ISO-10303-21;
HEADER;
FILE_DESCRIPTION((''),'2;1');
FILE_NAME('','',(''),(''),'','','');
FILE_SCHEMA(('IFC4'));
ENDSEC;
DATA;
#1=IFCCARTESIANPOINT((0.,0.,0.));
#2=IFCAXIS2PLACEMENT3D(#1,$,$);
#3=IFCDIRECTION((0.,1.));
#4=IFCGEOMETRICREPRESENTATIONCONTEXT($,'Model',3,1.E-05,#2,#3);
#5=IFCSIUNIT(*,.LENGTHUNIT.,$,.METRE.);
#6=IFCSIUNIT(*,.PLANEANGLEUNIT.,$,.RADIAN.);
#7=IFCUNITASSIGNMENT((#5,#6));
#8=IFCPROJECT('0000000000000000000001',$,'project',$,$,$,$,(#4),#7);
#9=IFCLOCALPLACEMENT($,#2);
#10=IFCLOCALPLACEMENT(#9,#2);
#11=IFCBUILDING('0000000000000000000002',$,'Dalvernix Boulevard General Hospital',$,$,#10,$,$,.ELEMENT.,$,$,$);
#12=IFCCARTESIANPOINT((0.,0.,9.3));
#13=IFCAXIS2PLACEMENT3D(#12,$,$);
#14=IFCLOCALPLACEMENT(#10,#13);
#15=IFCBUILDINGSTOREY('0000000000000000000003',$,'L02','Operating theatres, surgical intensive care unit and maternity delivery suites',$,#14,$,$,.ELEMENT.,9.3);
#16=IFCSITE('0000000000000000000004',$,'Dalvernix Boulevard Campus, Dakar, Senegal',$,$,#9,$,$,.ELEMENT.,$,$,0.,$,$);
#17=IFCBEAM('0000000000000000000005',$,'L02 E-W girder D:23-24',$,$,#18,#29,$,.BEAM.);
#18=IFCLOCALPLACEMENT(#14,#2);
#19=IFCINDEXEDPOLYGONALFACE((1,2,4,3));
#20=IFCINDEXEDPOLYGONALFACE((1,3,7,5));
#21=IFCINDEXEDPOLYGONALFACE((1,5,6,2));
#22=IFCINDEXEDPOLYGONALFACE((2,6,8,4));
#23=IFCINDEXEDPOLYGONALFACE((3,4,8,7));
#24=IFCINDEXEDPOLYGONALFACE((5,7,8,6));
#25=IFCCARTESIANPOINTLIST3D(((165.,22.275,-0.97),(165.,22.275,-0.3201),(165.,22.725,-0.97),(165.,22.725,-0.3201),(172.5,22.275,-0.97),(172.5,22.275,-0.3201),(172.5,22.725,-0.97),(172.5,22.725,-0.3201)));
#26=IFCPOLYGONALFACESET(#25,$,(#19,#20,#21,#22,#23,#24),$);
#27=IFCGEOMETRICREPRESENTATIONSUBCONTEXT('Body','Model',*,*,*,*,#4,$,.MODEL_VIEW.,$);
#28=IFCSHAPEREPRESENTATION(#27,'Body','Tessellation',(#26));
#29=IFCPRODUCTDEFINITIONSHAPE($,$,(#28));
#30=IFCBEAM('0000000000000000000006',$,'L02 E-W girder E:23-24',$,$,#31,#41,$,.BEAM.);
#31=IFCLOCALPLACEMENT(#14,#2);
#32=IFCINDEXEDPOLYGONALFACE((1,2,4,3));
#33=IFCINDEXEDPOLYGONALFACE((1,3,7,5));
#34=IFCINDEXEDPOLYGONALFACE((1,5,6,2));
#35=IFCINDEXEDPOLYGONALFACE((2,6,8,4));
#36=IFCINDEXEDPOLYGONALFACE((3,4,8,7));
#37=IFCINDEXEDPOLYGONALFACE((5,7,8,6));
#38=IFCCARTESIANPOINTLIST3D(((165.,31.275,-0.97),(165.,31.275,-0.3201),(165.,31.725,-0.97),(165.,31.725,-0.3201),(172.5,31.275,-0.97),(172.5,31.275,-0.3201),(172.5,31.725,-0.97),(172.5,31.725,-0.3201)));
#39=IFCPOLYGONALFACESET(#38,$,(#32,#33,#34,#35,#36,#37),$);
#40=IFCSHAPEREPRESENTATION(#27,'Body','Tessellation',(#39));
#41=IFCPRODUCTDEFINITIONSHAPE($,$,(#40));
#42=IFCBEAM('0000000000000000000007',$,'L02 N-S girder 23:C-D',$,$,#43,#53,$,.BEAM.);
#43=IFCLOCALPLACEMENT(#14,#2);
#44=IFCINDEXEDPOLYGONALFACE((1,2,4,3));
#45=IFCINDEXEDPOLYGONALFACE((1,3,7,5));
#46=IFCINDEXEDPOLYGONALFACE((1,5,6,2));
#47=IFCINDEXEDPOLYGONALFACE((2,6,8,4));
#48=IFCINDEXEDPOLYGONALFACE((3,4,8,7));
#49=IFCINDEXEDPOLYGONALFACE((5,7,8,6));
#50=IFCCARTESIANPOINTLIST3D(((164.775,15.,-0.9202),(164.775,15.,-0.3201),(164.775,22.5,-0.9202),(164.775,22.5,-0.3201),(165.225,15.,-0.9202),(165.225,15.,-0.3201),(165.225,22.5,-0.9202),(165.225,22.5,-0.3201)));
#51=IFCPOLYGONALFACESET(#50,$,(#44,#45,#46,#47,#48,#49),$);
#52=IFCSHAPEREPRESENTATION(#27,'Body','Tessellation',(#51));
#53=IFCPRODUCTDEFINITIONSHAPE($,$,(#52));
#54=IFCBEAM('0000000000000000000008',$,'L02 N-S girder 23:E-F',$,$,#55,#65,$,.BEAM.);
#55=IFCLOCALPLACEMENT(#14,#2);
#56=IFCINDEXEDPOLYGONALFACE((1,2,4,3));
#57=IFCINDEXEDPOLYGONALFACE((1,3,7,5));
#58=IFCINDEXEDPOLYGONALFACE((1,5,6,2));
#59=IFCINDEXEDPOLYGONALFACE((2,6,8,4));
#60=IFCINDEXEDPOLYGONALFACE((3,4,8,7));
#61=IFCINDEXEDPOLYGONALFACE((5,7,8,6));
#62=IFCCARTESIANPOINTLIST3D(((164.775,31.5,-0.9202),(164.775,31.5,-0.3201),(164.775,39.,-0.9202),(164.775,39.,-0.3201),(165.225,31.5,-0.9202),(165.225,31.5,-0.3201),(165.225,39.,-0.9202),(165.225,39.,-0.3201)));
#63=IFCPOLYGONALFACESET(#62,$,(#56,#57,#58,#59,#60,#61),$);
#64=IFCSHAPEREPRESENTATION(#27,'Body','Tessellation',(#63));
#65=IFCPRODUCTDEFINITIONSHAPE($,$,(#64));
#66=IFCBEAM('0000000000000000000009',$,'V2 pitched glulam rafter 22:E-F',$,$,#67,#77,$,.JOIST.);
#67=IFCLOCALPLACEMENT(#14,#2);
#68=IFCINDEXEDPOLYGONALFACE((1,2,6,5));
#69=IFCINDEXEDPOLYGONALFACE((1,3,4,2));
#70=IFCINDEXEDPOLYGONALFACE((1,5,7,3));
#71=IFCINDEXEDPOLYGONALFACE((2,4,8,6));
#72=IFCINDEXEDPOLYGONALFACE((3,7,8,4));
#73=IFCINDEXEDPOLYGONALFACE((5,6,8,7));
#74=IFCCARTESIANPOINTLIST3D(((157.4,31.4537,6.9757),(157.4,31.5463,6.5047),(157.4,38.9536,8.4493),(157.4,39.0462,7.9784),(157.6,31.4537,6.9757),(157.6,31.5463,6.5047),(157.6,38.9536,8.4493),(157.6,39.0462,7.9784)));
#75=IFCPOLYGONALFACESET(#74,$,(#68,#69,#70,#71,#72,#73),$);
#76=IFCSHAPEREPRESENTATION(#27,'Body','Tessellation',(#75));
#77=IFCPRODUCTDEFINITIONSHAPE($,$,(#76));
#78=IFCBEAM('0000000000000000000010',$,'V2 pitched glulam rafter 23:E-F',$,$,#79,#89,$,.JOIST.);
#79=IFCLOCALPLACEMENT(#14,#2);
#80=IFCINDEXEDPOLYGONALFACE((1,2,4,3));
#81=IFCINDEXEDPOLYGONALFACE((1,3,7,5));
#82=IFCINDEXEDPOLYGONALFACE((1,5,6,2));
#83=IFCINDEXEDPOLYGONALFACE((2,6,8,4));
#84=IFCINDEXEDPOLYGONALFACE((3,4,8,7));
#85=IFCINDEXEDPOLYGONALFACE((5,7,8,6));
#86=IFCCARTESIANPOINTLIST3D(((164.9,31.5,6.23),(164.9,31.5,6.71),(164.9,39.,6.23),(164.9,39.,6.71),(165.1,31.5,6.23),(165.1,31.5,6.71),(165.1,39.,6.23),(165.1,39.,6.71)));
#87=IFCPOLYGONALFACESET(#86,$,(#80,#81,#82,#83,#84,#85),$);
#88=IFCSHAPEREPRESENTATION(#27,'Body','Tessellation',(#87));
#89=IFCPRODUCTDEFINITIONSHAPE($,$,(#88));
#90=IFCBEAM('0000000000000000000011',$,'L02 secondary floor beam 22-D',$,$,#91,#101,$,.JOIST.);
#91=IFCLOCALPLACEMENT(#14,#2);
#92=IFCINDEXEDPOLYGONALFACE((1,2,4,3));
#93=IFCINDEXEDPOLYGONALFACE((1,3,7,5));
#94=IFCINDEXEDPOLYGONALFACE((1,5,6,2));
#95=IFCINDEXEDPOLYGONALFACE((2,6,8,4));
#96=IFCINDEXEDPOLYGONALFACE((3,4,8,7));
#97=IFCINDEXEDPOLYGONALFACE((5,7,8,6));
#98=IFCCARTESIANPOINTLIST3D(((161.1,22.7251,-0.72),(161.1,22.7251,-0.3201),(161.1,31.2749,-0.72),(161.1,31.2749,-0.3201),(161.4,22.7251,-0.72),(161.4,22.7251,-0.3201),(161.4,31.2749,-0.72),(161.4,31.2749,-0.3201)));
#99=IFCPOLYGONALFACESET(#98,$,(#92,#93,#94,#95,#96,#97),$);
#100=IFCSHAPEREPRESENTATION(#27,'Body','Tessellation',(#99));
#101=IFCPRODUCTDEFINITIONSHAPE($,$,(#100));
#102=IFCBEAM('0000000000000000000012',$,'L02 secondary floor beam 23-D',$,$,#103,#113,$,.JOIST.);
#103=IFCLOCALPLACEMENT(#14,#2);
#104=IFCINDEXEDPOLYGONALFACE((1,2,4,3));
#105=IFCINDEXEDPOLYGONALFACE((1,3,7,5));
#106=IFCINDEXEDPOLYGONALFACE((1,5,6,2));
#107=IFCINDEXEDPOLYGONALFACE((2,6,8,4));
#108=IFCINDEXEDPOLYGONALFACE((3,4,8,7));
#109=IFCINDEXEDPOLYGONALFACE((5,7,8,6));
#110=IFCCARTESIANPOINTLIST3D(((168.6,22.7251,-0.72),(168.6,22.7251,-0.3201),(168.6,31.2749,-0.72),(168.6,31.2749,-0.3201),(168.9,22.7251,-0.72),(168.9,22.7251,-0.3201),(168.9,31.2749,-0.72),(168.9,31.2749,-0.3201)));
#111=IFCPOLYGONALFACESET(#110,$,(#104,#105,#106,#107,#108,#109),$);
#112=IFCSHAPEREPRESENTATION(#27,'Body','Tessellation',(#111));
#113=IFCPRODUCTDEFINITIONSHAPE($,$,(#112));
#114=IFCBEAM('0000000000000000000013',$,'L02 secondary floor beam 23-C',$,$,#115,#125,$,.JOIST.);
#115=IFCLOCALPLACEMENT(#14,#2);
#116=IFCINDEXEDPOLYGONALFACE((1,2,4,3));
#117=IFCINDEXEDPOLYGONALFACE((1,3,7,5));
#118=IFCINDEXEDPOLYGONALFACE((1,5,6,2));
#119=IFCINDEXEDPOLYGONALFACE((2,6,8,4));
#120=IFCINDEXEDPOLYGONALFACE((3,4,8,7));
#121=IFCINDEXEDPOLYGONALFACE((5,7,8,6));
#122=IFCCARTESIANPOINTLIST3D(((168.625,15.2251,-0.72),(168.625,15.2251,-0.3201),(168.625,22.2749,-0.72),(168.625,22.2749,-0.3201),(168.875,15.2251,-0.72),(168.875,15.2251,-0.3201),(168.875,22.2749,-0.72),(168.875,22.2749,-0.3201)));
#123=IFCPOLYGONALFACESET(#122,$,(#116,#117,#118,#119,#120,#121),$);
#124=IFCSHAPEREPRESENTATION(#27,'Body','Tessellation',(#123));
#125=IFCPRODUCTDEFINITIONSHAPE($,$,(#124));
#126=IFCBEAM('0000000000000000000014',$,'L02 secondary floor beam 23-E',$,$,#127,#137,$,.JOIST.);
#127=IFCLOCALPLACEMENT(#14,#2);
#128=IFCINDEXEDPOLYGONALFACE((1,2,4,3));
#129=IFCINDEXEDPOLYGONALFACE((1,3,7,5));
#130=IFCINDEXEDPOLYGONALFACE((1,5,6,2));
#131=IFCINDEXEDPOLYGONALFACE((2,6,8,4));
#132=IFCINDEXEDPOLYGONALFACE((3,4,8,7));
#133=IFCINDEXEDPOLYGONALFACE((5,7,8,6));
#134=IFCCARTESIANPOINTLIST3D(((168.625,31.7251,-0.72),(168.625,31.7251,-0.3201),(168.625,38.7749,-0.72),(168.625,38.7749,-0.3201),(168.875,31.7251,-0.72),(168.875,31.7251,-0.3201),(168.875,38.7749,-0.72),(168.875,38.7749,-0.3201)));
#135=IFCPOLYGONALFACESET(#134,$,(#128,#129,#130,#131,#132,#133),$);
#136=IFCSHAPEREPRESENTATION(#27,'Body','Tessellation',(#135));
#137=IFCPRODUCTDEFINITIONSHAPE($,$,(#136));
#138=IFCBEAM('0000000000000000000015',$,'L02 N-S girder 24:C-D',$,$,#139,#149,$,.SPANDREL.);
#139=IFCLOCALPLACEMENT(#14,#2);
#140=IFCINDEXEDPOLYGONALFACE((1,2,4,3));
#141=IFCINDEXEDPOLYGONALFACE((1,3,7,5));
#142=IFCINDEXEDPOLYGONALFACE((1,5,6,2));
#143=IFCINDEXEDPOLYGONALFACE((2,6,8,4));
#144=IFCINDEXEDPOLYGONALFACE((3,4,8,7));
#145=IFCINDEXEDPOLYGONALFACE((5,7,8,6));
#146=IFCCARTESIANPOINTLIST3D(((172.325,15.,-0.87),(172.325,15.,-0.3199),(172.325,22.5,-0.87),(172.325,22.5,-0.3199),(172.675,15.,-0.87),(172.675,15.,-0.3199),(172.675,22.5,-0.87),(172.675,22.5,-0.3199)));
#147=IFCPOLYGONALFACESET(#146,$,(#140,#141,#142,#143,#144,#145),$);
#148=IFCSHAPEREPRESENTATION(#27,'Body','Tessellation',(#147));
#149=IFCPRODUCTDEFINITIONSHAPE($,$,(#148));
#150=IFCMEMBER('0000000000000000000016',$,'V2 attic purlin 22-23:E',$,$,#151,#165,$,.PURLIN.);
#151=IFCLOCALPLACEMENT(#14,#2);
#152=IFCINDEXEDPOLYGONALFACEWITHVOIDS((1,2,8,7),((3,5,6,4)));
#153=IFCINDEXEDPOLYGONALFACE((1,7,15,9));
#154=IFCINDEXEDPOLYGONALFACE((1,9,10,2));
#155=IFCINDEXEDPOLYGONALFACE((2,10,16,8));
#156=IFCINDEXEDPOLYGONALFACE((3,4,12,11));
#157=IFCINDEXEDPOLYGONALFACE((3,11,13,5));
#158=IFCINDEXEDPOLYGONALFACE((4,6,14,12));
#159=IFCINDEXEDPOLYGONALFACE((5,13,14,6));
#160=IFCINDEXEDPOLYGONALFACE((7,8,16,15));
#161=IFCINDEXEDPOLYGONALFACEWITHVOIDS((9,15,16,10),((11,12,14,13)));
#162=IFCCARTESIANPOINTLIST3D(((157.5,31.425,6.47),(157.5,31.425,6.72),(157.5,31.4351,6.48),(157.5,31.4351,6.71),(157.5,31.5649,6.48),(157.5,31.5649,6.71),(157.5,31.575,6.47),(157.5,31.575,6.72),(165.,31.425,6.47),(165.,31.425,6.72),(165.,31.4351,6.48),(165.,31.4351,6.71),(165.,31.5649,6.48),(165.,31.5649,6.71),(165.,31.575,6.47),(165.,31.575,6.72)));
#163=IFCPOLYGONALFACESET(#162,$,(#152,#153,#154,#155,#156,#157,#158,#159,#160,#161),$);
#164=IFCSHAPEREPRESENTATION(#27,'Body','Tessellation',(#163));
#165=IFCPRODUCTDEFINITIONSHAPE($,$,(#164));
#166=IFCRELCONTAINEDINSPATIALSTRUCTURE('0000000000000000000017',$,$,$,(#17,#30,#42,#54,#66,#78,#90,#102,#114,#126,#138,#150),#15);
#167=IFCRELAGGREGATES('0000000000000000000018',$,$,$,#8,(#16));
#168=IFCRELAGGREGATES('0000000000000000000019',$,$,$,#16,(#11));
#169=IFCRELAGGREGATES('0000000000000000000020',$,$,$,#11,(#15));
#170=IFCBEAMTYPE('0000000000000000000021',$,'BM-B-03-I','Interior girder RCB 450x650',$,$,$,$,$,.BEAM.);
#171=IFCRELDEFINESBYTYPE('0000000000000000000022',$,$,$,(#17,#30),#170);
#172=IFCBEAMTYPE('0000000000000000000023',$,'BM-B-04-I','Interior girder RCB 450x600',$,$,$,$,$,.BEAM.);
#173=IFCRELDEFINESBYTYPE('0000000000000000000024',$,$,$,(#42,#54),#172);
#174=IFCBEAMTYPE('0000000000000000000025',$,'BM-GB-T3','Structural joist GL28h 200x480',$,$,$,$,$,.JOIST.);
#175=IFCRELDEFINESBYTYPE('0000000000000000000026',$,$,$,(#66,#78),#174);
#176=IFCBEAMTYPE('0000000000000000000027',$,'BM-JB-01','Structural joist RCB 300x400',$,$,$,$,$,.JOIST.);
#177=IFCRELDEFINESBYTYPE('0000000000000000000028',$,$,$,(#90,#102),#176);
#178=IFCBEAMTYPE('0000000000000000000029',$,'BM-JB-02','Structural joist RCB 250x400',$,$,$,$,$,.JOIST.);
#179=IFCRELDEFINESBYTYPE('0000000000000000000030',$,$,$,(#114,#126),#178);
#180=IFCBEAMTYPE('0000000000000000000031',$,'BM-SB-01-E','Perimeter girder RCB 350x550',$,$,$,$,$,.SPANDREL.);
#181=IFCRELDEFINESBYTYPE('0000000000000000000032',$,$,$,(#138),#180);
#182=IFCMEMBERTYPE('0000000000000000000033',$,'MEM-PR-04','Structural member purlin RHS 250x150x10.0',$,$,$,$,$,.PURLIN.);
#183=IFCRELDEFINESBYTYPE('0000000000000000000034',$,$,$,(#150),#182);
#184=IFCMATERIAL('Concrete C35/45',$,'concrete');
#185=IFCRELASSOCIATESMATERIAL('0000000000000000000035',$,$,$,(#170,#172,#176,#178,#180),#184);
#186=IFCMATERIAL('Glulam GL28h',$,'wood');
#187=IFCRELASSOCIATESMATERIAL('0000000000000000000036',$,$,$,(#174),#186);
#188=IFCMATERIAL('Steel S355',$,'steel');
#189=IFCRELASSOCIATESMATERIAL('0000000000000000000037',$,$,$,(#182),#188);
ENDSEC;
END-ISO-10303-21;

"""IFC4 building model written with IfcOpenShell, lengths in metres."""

from ifc_helpers import new_model, si_unit, direction, frame, origin, origin_2d, place, context, subcontext, project, spatial, rectangle, hollow_rectangle, extrude, material, material_profile, profile_set, type_object, element, save


model = new_model("IFC4")

# Units and contexts
model_context = context("Model", 3, precision=1e-05, world=origin(), true_north=direction((0.0, 1.0)))
body_context = subcontext(model_context, "Body", "Model", "MODEL_VIEW")
ifc_project = project(units=[si_unit("LENGTHUNIT", "METRE"), si_unit("PLANEANGLEUNIT", "RADIAN")], contexts=[model_context])

# Site, building, storey
site_placement = place(None, origin())
site = spatial("IfcSite", under=ifc_project, at=site_placement, Name="Dalvernix Boulevard Campus, Dakar, Senegal", CompositionType="ELEMENT", RefElevation=0.0)
building_placement = place(site_placement, origin())
building = spatial("IfcBuilding", under=site, at=building_placement, Name="Dalvernix Boulevard General Hospital", CompositionType="ELEMENT")
storey_placement = place(building_placement, frame((0.0, 0.0, 9.3)))
storey = spatial("IfcBuildingStorey", under=building, at=storey_placement, Name="L02", Description="Operating theatres, surgical intensive care unit and maternity delivery suites", CompositionType="ELEMENT", Elevation=9.3)

# Shared definitions
ifc_material_1 = material(Name="Steel S355", Category="steel")

# Beams
ifc_material_2 = material(Name="Concrete C35/45", Category="concrete")
ifc_material_profile_1 = material_profile(ifc_material_2, rectangle(XDim=0.45, YDim=0.6499, at=origin_2d()), Name="RCB 450x650")
ifc_profile_set_1 = profile_set([ifc_material_profile_1], Name="Concrete C35/45")
beam_type_1 = type_object("IfcBeamType", Name="BM-B-03-I", Description="Interior girder RCB 450x650", PredefinedType="BEAM", material=ifc_profile_set_1)
for number, where, z_axis, x_axis, name in (
    (1, (165.0, 22.5, -0.645), (1.0, 0.0, 0.0), (0.0, 1.0, 0.0), "L02 E-W girder D:23-24"),
    (2, (165.0, 31.5, -0.645), (1.0, 0.0, 0.0), (0.0, 1.0, 0.0), "L02 E-W girder E:23-24"),
):
    element("IfcBeam", number, at=place(storey_placement, frame(where, z_axis=z_axis, x_axis=x_axis)), inside=storey, type_object=beam_type_1, Name=name, PredefinedType="BEAM", context=body_context, shape_type="SweptSolid", body=[
        extrude(rectangle(XDim=0.45, YDim=0.6499, at=origin_2d()), origin(), (0.0, 0.0, 1.0), 7.5),
    ])
ifc_material_profile_2 = material_profile(ifc_material_2, rectangle(XDim=0.45, YDim=0.6001, at=origin_2d()), Name="RCB 450x600")
ifc_profile_set_2 = profile_set([ifc_material_profile_2], Name="Concrete C35/45")
beam_type_2 = type_object("IfcBeamType", Name="BM-B-04-I", Description="Interior girder RCB 450x600", PredefinedType="BEAM", material=ifc_profile_set_2)
for number, where, z_axis, x_axis, name in (
    (3, (165.0, 15.0, -0.6201), (0.0, 1.0, 0.0), (-1.0, 0.0, 0.0), "L02 N-S girder 23:C-D"),
    (4, (165.0, 31.5, -0.6201), (0.0, 1.0, 0.0), (-1.0, 0.0, 0.0), "L02 N-S girder 23:E-F"),
):
    element("IfcBeam", number, at=place(storey_placement, frame(where, z_axis=z_axis, x_axis=x_axis)), inside=storey, type_object=beam_type_2, Name=name, PredefinedType="BEAM", context=body_context, shape_type="SweptSolid", body=[
        extrude(rectangle(XDim=0.45, YDim=0.6001, at=origin_2d()), origin(), (0.0, 0.0, 1.0), 7.5),
    ])
ifc_material_3 = material(Name="Glulam GL28h", Category="wood")
ifc_material_profile_3 = material_profile(ifc_material_3, rectangle(XDim=0.2, YDim=0.48, at=origin_2d()), Name="GL28h 200x480")
ifc_profile_set_3 = profile_set([ifc_material_profile_3], Name="Glulam GL28h")
beam_type_3 = type_object("IfcBeamType", Name="BM-GB-T3", Description="Structural joist GL28h 200x480", PredefinedType="JOIST", material=ifc_profile_set_3)
beam_1_placement = place(storey_placement, frame((157.5, 31.5, 6.7402), z_axis=(0.0, 0.981238, 0.192798), x_axis=(-1.0, 0.0, 0.0)))
element("IfcBeam", 5, at=beam_1_placement, inside=storey, type_object=beam_type_3, Name="V2 pitched glulam rafter 22:E-F", PredefinedType="JOIST", context=body_context, shape_type="SweptSolid", body=[
    extrude(rectangle(XDim=0.2, YDim=0.48, at=origin_2d()), origin(), (0.0, 0.0, 1.0), 7.6433),
])
beam_2_placement = place(storey_placement, frame((165.0, 31.5, 6.47), z_axis=(0.0, 1.0, 0.0), x_axis=(-1.0, 0.0, 0.0)))
element("IfcBeam", 6, at=beam_2_placement, inside=storey, type_object=beam_type_3, Name="V2 pitched glulam rafter 23:E-F", PredefinedType="JOIST", context=body_context, shape_type="SweptSolid", body=[
    extrude(rectangle(XDim=0.2, YDim=0.48, at=origin_2d()), origin(), (0.0, 0.0, 1.0), 7.5),
])
ifc_material_profile_4 = material_profile(ifc_material_2, rectangle(XDim=0.3, YDim=0.3999, at=origin_2d()), Name="RCB 300x400")
ifc_profile_set_4 = profile_set([ifc_material_profile_4], Name="Concrete C35/45")
beam_type_4 = type_object("IfcBeamType", Name="BM-JB-01", Description="Structural joist RCB 300x400", PredefinedType="JOIST", material=ifc_profile_set_4)
for number, where, z_axis, x_axis, name in (
    (7, (161.25, 22.7251, -0.52), (0.0, 1.0, 0.0), (-1.0, 0.0, 0.0), "L02 secondary floor beam 22-D"),
    (8, (168.75, 22.7251, -0.52), (0.0, 1.0, 0.0), (-1.0, 0.0, 0.0), "L02 secondary floor beam 23-D"),
):
    element("IfcBeam", number, at=place(storey_placement, frame(where, z_axis=z_axis, x_axis=x_axis)), inside=storey, type_object=beam_type_4, Name=name, PredefinedType="JOIST", context=body_context, shape_type="SweptSolid", body=[
        extrude(rectangle(XDim=0.3, YDim=0.3999, at=origin_2d()), origin(), (0.0, 0.0, 1.0), 8.5498),
    ])
ifc_material_profile_5 = material_profile(ifc_material_2, rectangle(XDim=0.25, YDim=0.3999, at=origin_2d()), Name="RCB 250x400")
ifc_profile_set_5 = profile_set([ifc_material_profile_5], Name="Concrete C35/45")
beam_type_5 = type_object("IfcBeamType", Name="BM-JB-02", Description="Structural joist RCB 250x400", PredefinedType="JOIST", material=ifc_profile_set_5)
for number, where, z_axis, x_axis, name in (
    (9, (168.75, 15.2251, -0.52), (0.0, 1.0, 0.0), (-1.0, 0.0, 0.0), "L02 secondary floor beam 23-C"),
    (10, (168.75, 31.7251, -0.52), (0.0, 1.0, 0.0), (-1.0, 0.0, 0.0), "L02 secondary floor beam 23-E"),
):
    element("IfcBeam", number, at=place(storey_placement, frame(where, z_axis=z_axis, x_axis=x_axis)), inside=storey, type_object=beam_type_5, Name=name, PredefinedType="JOIST", context=body_context, shape_type="SweptSolid", body=[
        extrude(rectangle(XDim=0.25, YDim=0.3999, at=origin_2d()), origin(), (0.0, 0.0, 1.0), 7.0498),
    ])
ifc_material_profile_6 = material_profile(ifc_material_2, rectangle(XDim=0.3501, YDim=0.55, at=origin_2d()), Name="RCB 350x550")
ifc_profile_set_6 = profile_set([ifc_material_profile_6], Name="Concrete C35/45")
beam_type_6 = type_object("IfcBeamType", Name="BM-SB-01-E", Description="Perimeter girder RCB 350x550", PredefinedType="SPANDREL", material=ifc_profile_set_6)
beam_3_placement = place(storey_placement, frame((172.5, 15.0, -0.595), z_axis=(0.0, 1.0, 0.0), x_axis=(-1.0, 0.0, 0.0)))
element("IfcBeam", 11, at=beam_3_placement, inside=storey, type_object=beam_type_6, Name="L02 N-S girder 24:C-D", PredefinedType="SPANDREL", context=body_context, shape_type="SweptSolid", body=[
    extrude(rectangle(XDim=0.3501, YDim=0.55, at=origin_2d()), origin(), (0.0, 0.0, 1.0), 7.5),
])

# Member
ifc_material_profile_7 = material_profile(ifc_material_1, hollow_rectangle(XDim=0.1499, YDim=0.25, WallThickness=0.01, at=origin_2d()), Name="RHS 250x150x10.0")
ifc_profile_set_7 = profile_set([ifc_material_profile_7], Name="Steel S355")
member_type = type_object("IfcMemberType", Name="MEM-PR-04", Description="Structural member purlin RHS 250x150x10.0", PredefinedType="PURLIN", material=ifc_profile_set_7)
member_placement = place(storey_placement, frame((157.5, 31.5, 6.595), z_axis=(1.0, 0.0, 0.0), x_axis=(0.0, 1.0, 0.0)))
element("IfcMember", 12, at=member_placement, inside=storey, type_object=member_type, Name="V2 attic purlin 22-23:E", PredefinedType="PURLIN", context=body_context, shape_type="SweptSolid", body=[
    extrude(hollow_rectangle(XDim=0.1499, YDim=0.25, WallThickness=0.01, at=origin_2d()), origin(), (0.0, 0.0, 1.0), 7.5),
])

save(model, "model.ifc")
